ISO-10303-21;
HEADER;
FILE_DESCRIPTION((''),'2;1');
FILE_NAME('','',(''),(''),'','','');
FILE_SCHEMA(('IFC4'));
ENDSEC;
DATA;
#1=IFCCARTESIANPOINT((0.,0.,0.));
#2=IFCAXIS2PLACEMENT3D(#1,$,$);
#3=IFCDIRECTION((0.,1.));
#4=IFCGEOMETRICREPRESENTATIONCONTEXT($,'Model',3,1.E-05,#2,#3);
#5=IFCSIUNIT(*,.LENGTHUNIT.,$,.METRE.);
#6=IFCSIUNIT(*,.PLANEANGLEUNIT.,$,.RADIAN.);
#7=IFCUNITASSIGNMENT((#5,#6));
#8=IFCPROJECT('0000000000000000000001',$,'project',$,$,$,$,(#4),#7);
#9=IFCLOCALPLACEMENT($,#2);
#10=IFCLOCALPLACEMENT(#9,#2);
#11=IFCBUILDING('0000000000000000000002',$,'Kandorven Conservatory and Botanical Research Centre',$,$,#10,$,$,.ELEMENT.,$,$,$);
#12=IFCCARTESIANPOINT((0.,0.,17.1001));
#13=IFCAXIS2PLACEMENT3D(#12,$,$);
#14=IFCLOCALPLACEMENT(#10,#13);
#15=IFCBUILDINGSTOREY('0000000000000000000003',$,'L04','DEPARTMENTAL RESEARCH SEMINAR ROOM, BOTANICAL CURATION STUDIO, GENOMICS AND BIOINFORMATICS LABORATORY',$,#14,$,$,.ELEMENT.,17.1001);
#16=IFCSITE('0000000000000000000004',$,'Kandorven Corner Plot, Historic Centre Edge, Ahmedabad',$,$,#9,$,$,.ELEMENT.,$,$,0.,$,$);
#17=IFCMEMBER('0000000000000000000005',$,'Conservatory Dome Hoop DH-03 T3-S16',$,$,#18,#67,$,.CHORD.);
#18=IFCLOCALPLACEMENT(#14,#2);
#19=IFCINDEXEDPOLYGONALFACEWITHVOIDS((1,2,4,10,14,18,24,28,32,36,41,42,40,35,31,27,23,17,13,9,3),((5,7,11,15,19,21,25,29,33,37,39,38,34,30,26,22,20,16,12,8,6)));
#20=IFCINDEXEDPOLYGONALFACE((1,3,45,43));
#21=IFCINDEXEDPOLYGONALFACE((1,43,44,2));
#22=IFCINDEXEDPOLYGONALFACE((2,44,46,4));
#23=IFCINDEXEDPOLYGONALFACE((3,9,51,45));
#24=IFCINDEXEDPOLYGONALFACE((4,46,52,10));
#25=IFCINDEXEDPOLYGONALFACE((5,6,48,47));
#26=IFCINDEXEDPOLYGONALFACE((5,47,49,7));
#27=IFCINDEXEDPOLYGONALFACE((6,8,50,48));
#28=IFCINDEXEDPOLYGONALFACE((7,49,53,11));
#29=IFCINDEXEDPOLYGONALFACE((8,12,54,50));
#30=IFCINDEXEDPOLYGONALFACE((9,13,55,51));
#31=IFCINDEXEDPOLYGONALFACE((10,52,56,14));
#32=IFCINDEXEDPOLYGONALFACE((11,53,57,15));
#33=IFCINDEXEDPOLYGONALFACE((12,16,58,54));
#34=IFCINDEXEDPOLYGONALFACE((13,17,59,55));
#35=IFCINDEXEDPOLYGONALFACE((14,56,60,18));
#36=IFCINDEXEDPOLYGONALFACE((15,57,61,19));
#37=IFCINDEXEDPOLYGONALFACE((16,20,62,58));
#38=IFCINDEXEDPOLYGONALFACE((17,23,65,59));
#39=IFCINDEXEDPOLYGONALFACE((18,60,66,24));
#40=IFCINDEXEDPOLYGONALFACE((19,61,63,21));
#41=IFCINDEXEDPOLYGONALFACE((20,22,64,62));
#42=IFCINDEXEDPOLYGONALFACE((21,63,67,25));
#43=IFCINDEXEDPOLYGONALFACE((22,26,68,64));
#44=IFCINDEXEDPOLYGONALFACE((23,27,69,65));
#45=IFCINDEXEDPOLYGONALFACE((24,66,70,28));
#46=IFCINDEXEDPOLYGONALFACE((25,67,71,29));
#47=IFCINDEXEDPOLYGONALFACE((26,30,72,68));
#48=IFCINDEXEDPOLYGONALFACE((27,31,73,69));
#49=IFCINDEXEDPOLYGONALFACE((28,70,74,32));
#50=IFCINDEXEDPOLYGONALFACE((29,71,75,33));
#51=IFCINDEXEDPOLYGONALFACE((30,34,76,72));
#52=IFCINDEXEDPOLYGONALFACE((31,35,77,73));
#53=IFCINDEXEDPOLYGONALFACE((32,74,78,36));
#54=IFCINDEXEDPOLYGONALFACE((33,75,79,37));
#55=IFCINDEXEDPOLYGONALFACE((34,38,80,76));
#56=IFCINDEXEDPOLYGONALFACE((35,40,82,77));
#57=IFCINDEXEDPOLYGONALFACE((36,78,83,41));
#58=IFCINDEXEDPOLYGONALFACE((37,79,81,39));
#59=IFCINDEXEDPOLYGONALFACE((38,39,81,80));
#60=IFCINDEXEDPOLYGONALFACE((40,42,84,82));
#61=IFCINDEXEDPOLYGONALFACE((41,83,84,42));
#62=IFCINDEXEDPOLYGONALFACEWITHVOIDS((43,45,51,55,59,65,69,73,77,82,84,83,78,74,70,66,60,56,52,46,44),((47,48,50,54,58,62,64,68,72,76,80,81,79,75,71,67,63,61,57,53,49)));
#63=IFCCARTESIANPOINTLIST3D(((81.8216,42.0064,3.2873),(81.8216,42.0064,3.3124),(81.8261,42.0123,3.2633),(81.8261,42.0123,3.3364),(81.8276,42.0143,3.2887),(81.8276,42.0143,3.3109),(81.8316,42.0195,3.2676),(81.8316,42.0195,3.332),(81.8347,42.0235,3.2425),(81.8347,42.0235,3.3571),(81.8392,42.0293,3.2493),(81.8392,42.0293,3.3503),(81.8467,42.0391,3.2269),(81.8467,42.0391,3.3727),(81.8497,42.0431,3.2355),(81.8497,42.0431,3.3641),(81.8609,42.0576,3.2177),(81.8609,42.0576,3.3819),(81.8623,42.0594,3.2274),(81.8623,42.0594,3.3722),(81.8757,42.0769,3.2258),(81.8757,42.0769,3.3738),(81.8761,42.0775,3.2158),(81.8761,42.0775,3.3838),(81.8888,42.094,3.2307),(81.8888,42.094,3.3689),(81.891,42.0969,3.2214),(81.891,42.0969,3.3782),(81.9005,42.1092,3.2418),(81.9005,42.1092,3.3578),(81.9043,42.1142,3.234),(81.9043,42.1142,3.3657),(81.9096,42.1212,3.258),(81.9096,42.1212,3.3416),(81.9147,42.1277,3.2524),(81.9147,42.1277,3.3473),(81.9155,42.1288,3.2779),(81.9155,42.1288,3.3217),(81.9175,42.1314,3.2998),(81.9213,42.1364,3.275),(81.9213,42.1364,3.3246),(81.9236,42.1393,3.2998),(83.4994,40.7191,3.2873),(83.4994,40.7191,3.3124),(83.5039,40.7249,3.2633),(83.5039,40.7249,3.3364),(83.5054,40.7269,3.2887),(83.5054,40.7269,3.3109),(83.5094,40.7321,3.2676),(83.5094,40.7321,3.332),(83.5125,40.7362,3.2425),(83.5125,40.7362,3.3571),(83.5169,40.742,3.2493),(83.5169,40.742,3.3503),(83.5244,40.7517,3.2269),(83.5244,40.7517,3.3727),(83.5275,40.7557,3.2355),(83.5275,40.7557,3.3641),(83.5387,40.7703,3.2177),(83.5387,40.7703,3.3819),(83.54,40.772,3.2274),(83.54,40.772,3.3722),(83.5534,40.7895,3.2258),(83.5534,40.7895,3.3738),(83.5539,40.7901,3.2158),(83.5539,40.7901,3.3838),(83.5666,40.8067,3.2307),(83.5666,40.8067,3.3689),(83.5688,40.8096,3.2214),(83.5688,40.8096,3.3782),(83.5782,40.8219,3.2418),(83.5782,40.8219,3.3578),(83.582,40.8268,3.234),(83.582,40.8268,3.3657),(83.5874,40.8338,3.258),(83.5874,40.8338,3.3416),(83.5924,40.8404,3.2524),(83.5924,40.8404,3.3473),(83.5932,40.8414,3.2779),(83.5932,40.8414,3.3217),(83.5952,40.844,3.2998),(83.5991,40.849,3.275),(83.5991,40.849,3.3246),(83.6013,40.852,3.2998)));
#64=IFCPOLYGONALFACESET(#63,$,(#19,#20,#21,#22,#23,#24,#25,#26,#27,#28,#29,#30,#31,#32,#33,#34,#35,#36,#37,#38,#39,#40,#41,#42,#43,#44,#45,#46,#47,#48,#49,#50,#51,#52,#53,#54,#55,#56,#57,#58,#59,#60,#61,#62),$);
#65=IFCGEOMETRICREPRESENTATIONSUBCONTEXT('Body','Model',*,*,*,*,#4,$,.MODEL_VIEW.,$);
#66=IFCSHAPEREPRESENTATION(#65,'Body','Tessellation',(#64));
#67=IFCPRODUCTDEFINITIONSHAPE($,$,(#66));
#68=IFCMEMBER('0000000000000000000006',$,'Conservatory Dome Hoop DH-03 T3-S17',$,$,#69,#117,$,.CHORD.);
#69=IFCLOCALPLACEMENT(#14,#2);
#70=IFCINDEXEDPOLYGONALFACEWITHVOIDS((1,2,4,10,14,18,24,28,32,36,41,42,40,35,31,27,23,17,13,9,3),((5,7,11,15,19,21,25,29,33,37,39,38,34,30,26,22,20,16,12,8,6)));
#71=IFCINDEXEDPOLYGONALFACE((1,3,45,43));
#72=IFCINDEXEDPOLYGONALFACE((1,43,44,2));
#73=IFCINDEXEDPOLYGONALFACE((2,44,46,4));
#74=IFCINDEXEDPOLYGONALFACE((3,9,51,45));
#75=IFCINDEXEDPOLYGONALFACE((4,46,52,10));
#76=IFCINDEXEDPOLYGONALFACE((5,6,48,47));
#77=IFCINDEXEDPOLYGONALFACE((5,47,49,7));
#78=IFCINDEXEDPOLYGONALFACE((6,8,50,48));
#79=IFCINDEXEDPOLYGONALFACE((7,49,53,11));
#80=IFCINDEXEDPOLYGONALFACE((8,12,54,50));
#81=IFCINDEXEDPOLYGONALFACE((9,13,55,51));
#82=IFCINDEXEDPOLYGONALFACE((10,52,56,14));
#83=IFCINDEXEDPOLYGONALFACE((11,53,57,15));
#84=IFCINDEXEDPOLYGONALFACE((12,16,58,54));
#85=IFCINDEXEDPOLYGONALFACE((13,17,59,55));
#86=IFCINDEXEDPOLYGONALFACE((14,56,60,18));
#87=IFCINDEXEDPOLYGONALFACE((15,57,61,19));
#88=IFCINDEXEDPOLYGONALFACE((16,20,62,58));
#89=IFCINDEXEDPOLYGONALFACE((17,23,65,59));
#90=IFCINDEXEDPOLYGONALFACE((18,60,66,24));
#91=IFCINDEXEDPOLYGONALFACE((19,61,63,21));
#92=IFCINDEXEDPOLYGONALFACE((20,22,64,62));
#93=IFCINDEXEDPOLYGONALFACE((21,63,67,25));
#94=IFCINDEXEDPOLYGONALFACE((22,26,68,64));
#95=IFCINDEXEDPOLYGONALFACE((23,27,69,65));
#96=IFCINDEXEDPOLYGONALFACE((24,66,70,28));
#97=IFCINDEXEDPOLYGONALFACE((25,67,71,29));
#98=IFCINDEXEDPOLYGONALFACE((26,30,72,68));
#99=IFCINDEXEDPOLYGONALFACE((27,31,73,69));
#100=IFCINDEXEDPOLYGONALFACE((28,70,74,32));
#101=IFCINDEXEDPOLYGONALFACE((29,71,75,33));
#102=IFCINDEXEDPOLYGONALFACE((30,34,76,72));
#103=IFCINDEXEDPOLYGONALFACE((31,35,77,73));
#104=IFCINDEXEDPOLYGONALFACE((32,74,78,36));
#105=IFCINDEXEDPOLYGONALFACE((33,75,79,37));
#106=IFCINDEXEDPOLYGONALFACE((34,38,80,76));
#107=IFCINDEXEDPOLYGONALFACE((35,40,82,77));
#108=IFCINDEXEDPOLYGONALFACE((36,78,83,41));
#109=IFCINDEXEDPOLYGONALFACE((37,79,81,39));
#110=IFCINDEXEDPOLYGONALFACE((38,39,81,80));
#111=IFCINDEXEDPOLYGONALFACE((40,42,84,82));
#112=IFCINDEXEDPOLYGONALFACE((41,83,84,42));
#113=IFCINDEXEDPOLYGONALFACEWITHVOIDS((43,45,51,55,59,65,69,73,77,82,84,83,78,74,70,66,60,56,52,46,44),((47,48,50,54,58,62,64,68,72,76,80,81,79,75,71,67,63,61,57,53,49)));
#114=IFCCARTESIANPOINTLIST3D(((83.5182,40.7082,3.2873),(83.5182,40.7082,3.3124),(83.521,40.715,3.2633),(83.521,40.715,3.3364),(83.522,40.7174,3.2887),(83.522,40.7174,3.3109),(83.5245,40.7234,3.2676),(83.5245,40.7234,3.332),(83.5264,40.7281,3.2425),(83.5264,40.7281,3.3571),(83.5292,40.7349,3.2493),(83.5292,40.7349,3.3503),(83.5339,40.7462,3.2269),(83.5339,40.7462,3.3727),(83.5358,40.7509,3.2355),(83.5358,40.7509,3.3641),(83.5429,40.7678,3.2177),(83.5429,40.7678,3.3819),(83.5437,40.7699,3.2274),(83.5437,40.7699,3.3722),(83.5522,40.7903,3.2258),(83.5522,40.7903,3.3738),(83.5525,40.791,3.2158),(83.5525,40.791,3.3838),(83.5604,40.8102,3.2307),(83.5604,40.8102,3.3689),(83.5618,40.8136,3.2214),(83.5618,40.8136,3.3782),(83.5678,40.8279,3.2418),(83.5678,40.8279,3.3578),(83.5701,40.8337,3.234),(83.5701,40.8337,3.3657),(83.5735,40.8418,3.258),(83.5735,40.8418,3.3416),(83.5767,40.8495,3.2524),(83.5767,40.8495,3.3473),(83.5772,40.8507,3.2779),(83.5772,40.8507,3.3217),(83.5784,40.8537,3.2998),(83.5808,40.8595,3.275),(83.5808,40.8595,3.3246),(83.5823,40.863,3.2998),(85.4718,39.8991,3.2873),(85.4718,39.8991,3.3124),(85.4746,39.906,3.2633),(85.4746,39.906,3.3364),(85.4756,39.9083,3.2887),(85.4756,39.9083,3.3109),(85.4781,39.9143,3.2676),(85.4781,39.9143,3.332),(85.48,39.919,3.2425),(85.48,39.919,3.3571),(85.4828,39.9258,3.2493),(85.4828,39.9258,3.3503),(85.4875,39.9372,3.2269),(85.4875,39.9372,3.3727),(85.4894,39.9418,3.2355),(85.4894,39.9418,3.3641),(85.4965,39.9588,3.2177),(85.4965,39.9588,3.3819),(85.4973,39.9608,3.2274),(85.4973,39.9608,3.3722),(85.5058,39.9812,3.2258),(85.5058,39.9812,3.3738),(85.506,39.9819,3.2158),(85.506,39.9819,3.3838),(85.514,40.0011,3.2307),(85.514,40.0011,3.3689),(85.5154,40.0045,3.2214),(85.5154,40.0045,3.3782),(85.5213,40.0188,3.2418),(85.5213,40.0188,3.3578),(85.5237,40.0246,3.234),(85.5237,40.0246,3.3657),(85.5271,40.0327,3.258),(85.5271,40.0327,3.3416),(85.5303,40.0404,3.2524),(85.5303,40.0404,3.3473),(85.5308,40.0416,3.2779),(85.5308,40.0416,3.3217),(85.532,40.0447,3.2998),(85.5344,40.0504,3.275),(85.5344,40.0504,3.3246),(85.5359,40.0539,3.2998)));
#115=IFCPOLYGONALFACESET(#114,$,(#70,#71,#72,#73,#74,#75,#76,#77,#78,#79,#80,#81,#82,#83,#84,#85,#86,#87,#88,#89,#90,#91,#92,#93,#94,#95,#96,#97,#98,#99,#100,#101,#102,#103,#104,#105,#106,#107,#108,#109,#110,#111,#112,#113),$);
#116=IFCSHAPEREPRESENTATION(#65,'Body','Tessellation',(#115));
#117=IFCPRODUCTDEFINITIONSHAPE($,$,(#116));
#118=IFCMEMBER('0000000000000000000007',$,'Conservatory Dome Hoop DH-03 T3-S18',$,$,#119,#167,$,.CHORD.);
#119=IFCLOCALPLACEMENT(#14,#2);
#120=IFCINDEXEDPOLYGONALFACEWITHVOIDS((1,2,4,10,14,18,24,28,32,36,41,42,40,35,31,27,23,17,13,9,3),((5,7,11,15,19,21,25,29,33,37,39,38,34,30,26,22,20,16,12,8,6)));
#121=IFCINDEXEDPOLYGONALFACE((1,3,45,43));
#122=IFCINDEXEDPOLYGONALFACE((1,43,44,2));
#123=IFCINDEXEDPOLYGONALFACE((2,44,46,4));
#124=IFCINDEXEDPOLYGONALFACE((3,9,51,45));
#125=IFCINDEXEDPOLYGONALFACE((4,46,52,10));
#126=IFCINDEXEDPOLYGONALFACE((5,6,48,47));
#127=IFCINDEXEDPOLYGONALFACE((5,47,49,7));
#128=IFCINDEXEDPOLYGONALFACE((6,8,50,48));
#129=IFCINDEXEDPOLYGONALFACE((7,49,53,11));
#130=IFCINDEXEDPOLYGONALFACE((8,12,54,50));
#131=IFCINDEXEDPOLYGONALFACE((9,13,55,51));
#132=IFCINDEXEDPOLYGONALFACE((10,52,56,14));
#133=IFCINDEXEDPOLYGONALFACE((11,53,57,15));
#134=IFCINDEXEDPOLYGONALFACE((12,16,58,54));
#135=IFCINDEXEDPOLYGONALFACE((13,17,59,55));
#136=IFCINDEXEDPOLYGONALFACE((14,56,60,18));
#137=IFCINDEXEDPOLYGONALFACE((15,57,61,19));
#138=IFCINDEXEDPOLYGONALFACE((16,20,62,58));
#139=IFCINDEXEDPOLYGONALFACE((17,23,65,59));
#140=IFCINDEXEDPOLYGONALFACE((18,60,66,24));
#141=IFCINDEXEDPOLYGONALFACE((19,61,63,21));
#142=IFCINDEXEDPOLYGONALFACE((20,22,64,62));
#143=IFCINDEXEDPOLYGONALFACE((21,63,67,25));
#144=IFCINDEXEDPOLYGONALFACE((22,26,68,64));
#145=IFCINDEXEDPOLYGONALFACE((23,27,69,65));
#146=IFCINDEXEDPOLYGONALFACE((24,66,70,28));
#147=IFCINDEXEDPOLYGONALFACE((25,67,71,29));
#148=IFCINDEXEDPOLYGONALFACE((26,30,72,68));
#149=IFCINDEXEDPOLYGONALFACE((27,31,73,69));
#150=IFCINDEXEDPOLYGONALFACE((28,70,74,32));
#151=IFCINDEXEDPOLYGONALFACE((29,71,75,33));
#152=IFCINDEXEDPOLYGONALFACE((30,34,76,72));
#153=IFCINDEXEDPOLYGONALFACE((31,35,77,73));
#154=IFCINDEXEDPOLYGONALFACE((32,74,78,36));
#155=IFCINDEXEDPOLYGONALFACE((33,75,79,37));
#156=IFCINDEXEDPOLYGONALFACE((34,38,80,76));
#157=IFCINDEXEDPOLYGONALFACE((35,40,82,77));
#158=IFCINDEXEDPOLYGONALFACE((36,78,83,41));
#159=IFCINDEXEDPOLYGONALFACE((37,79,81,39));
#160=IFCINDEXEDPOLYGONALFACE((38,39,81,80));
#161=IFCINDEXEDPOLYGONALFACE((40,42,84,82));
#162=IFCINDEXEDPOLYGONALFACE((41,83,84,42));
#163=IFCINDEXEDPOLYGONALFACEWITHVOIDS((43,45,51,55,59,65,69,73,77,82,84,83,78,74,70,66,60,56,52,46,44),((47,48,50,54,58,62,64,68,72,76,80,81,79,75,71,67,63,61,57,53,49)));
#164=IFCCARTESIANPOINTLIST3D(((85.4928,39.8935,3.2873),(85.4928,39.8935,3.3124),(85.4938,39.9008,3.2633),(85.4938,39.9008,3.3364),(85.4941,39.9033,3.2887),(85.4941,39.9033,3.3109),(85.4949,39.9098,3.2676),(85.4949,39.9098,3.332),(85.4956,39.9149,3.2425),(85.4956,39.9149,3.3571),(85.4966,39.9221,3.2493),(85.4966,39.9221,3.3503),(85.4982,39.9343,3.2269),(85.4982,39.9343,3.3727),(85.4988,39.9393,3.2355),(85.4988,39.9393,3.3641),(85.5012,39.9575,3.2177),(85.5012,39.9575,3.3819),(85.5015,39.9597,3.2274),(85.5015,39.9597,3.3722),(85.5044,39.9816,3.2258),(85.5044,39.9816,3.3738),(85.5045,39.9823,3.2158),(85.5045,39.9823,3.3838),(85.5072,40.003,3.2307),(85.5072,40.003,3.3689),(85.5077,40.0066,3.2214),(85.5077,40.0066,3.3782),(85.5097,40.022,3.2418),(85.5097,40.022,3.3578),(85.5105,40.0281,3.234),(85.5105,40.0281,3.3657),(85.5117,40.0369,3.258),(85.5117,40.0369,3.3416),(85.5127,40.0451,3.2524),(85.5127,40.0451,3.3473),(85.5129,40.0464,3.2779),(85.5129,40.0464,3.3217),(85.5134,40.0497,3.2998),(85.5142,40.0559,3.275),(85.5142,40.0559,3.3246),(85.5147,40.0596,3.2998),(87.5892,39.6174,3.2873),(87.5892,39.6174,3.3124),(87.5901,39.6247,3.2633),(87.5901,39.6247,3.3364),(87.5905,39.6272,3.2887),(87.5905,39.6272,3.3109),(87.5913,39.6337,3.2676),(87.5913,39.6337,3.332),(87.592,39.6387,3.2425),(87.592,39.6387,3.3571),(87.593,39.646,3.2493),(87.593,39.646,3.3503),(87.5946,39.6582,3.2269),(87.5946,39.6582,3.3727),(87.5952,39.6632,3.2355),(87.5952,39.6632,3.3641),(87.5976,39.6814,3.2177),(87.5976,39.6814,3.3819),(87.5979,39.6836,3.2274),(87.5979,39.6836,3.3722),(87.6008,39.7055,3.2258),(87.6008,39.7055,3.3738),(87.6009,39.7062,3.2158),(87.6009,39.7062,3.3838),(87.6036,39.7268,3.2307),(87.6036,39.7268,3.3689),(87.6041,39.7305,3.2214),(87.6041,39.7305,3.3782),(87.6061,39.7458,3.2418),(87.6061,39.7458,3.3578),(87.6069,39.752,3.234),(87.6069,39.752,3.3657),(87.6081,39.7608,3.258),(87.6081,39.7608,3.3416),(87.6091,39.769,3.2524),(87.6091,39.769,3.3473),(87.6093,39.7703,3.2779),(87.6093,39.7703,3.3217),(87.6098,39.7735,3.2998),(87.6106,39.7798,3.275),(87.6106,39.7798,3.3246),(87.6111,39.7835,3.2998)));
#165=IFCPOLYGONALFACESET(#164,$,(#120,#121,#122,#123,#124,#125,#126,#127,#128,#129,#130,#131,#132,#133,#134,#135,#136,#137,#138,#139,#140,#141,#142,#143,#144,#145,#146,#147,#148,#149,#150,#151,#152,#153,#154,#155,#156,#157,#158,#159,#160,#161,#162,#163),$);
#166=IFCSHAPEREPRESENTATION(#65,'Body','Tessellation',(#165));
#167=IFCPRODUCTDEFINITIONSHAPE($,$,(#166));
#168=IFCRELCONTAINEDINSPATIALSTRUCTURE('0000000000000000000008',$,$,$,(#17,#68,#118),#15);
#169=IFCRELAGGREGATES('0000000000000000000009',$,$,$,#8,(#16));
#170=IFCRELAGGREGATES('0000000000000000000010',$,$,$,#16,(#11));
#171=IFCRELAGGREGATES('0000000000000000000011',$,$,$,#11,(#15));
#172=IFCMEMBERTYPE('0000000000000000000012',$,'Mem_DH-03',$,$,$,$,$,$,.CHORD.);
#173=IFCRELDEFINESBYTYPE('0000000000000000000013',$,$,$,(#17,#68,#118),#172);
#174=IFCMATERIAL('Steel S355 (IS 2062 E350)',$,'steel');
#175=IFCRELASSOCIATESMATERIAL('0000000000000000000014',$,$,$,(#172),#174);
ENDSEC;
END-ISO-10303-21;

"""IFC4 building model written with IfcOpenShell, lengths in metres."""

from ifc_helpers import new_model, si_unit, direction, frame, origin, origin_2d, place, context, subcontext, project, spatial, hollow_circle, extrude, material, material_profile, profile_set, type_object, element, save


model = new_model("IFC4")

# Units and contexts
model_context = context("Model", 3, precision=1e-05, world=origin(), true_north=direction((0.0, 1.0)))
body_context = subcontext(model_context, "Body", "Model", "MODEL_VIEW")
ifc_project = project(units=[si_unit("LENGTHUNIT", "METRE"), si_unit("PLANEANGLEUNIT", "RADIAN")], contexts=[model_context])

# Site, building, storey
site_placement = place(None, origin())
site = spatial("IfcSite", under=ifc_project, at=site_placement, Name="Kandorven Corner Plot, Historic Centre Edge, Ahmedabad", CompositionType="ELEMENT", RefElevation=0.0)
building_placement = place(site_placement, origin())
building = spatial("IfcBuilding", under=site, at=building_placement, Name="Kandorven Conservatory and Botanical Research Centre", CompositionType="ELEMENT")
storey_placement = place(building_placement, frame((0.0, 0.0, 17.1001)))
storey = spatial("IfcBuildingStorey", under=building, at=storey_placement, Name="L04", Description="DEPARTMENTAL RESEARCH SEMINAR ROOM, BOTANICAL CURATION STUDIO, GENOMICS AND BIOINFORMATICS LABORATORY", CompositionType="ELEMENT", Elevation=17.1001)

# Members
ifc_material_1 = material(Name="Steel S355 (IS 2062 E350)", Category="steel")
ifc_material_profile_1 = material_profile(ifc_material_1, hollow_circle(Radius=0.0842, WallThickness=0.01, at=origin_2d()))
ifc_profile_set_1 = profile_set([ifc_material_profile_1], Name="Steel S355 (IS 2062 E350)")
member_type_1 = type_object("IfcMemberType", Name="Mem_DH-03", PredefinedType="CHORD", material=ifc_profile_set_1)
member_1_placement = place(storey_placement, frame((81.8723, 42.0725, 3.2998), z_axis=(0.793357, -0.608756, 0.0), x_axis=(0.608756, 0.793357, 0.0)))
element("IfcMember", 1, at=member_1_placement, inside=storey, type_object=member_type_1, Name="Conservatory Dome Hoop DH-03 T3-S16", PredefinedType="CHORD", context=body_context, shape_type="SweptSolid", body=[
    extrude(hollow_circle(Radius=0.0842, WallThickness=0.01, at=origin_2d()), origin(), (0.0, 0.0, 1.0), 2.1147),
])
for number, where, z_axis, x_axis, name in (
    (2, (83.55, 40.7852, 3.2998), (0.923901, -0.382631, 0.0), (0.382631, 0.923901, 0.0), "Conservatory Dome Hoop DH-03 T3-S17"),
    (3, (85.5037, 39.9761, 3.2998), (0.991437, -0.130583, 0.0), (0.130583, 0.991437, 0.0), "Conservatory Dome Hoop DH-03 T3-S18"),
):
    element("IfcMember", number, at=place(storey_placement, frame(where, z_axis=z_axis, x_axis=x_axis)), inside=storey, type_object=member_type_1, Name=name, PredefinedType="CHORD", context=body_context, shape_type="SweptSolid", body=[
        extrude(hollow_circle(Radius=0.0842, WallThickness=0.01, at=origin_2d()), origin(), (0.0, 0.0, 1.0), 2.1145),
    ])

save(model, "model.ifc")
